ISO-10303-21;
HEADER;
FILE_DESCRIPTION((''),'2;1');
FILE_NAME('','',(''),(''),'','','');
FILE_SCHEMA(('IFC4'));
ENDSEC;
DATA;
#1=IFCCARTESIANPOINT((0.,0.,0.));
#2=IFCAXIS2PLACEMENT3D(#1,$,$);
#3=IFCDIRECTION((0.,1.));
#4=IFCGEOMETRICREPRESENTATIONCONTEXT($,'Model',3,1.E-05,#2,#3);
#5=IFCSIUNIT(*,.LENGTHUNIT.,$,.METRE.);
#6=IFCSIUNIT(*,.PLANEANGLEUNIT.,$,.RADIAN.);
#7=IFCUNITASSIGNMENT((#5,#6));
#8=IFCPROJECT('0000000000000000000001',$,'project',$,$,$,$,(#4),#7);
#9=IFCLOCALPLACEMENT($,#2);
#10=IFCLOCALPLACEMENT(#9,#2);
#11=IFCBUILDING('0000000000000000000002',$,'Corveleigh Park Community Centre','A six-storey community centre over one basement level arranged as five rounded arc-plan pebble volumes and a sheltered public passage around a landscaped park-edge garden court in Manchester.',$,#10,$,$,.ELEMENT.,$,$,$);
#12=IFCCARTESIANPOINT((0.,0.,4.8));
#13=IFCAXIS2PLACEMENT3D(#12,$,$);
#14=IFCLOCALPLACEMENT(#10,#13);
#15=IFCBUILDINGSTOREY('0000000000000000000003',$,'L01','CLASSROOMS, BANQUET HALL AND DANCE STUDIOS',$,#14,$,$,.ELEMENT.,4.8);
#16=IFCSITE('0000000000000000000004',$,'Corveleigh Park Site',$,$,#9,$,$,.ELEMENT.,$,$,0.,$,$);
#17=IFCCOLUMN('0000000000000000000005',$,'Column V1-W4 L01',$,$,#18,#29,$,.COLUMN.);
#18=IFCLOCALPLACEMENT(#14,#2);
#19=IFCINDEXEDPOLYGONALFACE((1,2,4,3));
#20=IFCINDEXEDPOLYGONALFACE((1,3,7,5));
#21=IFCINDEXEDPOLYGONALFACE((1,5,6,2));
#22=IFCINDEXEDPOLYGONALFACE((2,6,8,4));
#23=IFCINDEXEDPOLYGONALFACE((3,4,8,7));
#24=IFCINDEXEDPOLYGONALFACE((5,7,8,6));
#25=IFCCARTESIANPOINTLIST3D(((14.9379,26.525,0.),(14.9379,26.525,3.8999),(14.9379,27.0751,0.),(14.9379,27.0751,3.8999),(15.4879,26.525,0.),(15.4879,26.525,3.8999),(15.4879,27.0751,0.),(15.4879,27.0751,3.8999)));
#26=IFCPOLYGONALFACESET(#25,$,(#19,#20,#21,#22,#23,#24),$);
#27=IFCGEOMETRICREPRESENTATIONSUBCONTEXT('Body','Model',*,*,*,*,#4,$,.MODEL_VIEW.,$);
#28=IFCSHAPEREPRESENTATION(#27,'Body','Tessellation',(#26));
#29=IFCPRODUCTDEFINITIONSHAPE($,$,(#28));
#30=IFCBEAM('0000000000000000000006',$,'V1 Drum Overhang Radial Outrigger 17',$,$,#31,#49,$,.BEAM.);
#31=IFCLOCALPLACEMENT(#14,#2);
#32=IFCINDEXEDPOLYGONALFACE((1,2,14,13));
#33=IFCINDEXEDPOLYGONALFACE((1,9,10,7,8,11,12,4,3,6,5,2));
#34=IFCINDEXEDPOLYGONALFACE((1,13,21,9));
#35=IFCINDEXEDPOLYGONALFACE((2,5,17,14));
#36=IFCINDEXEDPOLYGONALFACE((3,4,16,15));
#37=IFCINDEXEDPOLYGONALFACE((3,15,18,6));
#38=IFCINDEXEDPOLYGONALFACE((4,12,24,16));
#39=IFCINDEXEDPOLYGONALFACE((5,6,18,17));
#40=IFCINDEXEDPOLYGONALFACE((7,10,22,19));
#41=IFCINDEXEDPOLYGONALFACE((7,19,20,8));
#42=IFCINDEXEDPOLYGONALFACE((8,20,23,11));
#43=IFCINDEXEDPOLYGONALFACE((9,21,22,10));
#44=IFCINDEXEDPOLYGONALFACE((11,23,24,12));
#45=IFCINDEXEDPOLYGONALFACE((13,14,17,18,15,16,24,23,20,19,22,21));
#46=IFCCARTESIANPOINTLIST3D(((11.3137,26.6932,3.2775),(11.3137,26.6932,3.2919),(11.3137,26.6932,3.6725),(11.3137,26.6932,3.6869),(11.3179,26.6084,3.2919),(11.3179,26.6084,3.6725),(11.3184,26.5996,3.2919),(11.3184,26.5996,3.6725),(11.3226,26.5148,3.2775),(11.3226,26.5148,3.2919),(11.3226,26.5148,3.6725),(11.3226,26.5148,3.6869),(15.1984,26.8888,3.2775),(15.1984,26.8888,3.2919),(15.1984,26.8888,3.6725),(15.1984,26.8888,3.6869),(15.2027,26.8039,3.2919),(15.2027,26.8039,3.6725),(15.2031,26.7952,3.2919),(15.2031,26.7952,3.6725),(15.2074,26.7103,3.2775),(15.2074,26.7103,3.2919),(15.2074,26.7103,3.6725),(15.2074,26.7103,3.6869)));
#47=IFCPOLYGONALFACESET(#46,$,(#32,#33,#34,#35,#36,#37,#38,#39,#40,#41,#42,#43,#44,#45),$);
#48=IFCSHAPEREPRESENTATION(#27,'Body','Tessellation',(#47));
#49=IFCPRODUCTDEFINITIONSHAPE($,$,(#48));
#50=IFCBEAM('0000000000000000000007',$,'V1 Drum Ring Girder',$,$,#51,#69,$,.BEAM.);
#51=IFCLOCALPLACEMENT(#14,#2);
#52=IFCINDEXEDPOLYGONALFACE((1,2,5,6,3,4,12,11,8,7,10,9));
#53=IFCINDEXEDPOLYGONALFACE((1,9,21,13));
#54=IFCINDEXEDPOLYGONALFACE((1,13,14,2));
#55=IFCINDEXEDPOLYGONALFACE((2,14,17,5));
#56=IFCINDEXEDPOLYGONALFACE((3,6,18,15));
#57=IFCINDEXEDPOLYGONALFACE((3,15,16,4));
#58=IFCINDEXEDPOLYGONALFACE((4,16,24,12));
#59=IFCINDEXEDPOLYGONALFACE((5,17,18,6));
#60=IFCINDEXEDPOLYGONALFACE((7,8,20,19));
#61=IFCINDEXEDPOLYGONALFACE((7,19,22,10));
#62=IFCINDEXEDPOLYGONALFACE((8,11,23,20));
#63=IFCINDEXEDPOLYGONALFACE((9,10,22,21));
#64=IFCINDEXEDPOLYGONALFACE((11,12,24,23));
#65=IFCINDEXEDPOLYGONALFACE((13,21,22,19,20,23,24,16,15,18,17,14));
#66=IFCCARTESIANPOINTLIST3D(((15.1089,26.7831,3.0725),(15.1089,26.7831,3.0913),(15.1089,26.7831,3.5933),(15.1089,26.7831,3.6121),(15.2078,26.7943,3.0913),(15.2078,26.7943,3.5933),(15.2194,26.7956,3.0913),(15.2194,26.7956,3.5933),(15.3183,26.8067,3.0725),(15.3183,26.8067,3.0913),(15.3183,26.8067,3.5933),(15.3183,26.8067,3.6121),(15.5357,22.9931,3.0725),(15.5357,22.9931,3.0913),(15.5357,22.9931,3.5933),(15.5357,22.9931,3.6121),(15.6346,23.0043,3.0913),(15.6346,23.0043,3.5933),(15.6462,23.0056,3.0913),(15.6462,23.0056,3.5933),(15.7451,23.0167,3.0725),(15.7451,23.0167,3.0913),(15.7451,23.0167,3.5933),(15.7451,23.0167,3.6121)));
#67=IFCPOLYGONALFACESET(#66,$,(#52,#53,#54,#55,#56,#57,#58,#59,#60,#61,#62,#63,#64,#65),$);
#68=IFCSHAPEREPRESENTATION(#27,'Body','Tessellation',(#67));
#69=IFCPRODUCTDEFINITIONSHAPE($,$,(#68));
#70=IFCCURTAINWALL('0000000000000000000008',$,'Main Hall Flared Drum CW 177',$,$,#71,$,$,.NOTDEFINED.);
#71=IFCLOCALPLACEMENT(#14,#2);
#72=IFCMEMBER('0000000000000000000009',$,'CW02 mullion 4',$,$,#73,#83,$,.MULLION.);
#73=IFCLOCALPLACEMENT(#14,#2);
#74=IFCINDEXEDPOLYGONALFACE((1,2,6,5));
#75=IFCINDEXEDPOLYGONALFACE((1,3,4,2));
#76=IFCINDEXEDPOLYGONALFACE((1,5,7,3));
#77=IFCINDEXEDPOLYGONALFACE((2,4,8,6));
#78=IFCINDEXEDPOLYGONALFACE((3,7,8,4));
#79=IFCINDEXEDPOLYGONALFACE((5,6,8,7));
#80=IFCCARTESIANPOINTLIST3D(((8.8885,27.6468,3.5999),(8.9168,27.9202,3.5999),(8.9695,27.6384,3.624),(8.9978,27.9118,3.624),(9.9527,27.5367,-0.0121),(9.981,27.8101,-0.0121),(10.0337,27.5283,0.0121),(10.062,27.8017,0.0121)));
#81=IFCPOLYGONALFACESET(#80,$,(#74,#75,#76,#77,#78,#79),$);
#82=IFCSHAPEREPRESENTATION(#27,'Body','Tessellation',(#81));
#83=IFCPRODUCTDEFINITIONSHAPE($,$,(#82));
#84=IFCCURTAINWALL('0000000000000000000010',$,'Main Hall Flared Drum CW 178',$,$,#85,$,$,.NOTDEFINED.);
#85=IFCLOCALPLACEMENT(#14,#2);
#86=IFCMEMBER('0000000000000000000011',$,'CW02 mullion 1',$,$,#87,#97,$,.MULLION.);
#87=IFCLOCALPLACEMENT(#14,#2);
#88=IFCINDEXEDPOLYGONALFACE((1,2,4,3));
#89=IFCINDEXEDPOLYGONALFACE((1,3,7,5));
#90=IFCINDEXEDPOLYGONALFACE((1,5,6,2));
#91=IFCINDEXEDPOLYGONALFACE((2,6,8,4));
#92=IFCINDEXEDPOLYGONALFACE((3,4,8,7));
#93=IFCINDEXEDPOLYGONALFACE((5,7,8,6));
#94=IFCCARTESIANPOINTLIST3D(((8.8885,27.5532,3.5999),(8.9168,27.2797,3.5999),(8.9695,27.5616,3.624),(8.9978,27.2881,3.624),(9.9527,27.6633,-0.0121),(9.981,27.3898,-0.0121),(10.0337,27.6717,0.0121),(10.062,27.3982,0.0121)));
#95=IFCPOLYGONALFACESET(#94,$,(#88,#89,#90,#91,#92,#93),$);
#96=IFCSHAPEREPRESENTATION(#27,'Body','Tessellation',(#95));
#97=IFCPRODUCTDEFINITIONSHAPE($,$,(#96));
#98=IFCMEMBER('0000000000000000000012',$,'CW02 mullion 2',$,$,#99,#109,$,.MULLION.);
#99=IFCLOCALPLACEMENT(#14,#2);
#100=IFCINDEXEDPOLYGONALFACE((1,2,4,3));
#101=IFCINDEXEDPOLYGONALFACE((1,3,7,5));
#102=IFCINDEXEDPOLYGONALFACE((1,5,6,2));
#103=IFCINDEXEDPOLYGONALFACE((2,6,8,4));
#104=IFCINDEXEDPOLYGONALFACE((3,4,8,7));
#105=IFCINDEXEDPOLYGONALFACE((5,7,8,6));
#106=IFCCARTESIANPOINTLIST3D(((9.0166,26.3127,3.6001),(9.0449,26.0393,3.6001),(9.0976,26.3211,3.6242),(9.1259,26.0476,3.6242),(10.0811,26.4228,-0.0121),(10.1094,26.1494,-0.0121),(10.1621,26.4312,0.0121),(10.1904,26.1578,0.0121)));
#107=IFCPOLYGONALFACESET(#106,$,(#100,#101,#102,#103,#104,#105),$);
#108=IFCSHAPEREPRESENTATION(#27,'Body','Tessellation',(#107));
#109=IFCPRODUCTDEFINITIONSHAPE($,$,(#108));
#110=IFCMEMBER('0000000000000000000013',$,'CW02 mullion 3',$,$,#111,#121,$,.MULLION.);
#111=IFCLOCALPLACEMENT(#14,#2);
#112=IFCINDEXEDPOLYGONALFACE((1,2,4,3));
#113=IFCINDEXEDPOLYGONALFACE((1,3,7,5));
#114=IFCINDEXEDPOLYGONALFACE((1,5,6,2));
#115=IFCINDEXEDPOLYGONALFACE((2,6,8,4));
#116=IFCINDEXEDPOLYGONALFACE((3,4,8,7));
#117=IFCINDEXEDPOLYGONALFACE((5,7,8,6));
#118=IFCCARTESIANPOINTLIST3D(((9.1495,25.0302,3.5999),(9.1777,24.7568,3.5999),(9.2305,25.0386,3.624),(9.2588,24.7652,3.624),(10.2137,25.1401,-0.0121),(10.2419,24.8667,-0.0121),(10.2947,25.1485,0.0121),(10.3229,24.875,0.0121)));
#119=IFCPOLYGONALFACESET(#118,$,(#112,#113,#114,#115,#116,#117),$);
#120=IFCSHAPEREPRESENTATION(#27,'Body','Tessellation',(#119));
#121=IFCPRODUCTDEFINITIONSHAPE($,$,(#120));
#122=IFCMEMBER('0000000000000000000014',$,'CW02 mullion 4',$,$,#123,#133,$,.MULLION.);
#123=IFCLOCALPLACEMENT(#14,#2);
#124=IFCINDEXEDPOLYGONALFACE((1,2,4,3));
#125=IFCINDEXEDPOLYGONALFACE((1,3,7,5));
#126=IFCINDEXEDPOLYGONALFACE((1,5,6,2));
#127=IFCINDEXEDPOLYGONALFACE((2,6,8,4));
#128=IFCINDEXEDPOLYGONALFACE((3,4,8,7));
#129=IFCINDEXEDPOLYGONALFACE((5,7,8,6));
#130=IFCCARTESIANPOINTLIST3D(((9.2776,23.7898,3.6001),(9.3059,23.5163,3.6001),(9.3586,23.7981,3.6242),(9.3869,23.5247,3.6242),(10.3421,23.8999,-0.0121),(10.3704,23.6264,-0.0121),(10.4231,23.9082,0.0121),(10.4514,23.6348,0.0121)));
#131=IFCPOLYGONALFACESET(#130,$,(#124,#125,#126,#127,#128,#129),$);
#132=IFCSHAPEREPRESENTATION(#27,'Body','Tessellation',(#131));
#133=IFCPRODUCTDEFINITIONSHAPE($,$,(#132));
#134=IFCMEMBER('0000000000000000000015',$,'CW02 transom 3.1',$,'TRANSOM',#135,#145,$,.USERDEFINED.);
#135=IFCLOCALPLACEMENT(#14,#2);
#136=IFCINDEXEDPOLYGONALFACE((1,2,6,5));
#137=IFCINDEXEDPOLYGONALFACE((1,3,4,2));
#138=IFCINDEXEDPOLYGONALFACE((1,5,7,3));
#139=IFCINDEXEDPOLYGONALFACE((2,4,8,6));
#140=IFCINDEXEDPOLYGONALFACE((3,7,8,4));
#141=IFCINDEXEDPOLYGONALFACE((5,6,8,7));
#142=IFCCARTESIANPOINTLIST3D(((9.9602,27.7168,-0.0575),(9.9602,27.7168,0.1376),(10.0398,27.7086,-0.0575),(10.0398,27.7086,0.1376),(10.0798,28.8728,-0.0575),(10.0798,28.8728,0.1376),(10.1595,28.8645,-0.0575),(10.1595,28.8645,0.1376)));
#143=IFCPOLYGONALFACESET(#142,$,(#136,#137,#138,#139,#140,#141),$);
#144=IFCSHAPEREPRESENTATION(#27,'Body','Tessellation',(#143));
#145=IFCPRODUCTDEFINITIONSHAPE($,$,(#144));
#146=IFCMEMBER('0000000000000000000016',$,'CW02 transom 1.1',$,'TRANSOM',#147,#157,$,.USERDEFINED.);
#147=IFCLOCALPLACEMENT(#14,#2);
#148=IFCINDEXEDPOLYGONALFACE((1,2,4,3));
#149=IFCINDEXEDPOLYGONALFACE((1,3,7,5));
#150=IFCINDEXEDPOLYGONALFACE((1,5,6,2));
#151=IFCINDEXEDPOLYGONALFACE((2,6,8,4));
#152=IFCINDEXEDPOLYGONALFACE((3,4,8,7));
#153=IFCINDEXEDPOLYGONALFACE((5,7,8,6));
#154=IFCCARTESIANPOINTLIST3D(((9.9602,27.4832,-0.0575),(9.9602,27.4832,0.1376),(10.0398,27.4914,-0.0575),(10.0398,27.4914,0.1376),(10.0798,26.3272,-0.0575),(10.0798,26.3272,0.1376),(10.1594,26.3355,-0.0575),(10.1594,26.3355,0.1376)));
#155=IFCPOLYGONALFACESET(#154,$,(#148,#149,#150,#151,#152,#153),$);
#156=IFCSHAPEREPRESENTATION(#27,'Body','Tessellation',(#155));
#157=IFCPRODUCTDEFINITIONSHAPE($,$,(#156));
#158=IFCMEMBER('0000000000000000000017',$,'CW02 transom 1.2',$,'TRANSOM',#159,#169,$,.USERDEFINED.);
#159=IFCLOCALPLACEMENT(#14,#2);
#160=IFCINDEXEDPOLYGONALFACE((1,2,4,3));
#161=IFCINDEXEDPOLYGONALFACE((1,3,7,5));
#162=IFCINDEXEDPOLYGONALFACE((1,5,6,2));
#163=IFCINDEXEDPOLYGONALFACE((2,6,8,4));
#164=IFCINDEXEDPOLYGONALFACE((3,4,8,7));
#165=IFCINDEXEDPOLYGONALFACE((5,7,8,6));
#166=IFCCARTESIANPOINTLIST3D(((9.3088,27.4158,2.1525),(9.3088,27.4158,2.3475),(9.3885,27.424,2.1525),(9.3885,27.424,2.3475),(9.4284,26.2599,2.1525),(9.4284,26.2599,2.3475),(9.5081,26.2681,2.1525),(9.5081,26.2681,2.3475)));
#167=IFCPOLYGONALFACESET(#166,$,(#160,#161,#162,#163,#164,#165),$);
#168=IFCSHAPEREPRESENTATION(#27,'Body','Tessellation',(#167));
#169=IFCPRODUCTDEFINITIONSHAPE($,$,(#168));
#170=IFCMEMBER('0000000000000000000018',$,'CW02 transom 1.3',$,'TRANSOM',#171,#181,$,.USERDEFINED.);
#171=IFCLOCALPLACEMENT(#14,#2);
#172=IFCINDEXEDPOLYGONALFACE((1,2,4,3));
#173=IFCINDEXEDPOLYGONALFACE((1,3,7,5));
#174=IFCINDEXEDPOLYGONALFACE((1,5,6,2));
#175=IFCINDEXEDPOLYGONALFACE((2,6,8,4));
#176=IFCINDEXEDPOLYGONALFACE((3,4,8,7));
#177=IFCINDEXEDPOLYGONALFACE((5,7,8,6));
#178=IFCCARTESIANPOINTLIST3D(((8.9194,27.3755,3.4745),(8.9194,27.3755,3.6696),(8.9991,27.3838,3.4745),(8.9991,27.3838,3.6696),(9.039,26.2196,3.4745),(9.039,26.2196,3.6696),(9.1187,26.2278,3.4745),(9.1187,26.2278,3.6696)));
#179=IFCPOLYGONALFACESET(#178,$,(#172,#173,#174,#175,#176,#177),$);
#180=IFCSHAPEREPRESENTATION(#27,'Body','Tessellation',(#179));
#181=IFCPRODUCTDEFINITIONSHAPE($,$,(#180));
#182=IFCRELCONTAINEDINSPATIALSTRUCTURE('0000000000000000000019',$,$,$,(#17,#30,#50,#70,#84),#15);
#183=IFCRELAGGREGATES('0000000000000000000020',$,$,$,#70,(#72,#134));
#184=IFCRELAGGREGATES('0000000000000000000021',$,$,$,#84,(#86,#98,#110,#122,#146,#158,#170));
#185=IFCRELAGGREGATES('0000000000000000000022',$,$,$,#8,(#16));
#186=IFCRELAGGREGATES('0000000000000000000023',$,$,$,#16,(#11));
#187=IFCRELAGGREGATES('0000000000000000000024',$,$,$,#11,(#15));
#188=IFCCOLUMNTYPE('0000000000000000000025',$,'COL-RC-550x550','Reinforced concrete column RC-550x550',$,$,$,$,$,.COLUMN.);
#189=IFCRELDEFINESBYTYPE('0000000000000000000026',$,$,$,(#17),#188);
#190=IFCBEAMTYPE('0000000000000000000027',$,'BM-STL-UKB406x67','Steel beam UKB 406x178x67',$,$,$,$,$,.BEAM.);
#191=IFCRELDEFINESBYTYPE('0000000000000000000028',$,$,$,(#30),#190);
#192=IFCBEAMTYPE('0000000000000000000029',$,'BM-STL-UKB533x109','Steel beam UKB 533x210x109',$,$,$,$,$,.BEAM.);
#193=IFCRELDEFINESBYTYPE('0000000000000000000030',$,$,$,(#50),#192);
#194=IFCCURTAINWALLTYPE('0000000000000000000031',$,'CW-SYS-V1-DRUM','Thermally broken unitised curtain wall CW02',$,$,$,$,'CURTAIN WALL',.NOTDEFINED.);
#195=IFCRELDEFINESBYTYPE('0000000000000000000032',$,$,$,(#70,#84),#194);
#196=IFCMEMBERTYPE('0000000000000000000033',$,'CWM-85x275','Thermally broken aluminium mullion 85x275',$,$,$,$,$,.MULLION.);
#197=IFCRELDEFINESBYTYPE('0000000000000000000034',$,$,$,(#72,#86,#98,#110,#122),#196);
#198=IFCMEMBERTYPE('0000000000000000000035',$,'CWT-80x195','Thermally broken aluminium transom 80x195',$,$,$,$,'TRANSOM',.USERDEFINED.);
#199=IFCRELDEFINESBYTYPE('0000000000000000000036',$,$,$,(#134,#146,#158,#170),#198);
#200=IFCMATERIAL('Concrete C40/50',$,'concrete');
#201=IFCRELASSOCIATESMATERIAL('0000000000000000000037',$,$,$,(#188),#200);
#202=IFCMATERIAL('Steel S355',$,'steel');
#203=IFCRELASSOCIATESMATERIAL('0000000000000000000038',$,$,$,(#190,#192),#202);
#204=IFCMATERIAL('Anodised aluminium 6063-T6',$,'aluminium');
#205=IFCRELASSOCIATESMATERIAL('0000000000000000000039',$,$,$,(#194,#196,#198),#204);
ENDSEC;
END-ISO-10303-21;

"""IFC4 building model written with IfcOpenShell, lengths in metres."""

from ifc_helpers import new_model, si_unit, direction, frame, origin, origin_2d, place, context, subcontext, project, spatial, rectangle, i_section, extrude, material, material_profile, profile_set, type_object, element, aggregate, save


model = new_model("IFC4")

# Units and contexts
model_context = context("Model", 3, precision=1e-05, world=origin(), true_north=direction((0.0, 1.0)))
body_context = subcontext(model_context, "Body", "Model", "MODEL_VIEW")
ifc_project = project(units=[si_unit("LENGTHUNIT", "METRE"), si_unit("PLANEANGLEUNIT", "RADIAN")], contexts=[model_context])

# Site, building, storey
site_placement = place(None, origin())
site = spatial("IfcSite", under=ifc_project, at=site_placement, Name="Corveleigh Park Site", CompositionType="ELEMENT", RefElevation=0.0)
building_placement = place(site_placement, origin())
building = spatial("IfcBuilding", under=site, at=building_placement, Name="Corveleigh Park Community Centre", Description="A six-storey community centre over one basement level arranged as five rounded arc-plan pebble volumes and a sheltered public passage around a landscaped park-edge garden court in Manchester.", CompositionType="ELEMENT")
storey_placement = place(building_placement, frame((0.0, 0.0, 4.8)))
storey = spatial("IfcBuildingStorey", under=building, at=storey_placement, Name="L01", Description="CLASSROOMS, BANQUET HALL AND DANCE STUDIOS", CompositionType="ELEMENT", Elevation=4.8)

# Column
ifc_material_1 = material(Name="Concrete C40/50", Category="concrete")
ifc_material_profile_1 = material_profile(ifc_material_1, rectangle(XDim=0.55, YDim=0.55, at=origin_2d()), Name="RC-550x550", Category="concrete")
ifc_profile_set_1 = profile_set([ifc_material_profile_1], Name="Concrete C40/50")
column_type = type_object("IfcColumnType", Name="COL-RC-550x550", Description="Reinforced concrete column RC-550x550", PredefinedType="COLUMN", material=ifc_profile_set_1)
column_placement = place(storey_placement, frame((15.2129, 26.8, 0.0), z_axis=(0.0, 0.0, 1.0), x_axis=(1.0, 0.0, 0.0)))
element("IfcColumn", 1, at=column_placement, inside=storey, type_object=column_type, Name="Column V1-W4 L01", PredefinedType="COLUMN", context=body_context, shape_type="SweptSolid", body=[
    extrude(rectangle(XDim=0.55, YDim=0.55, at=origin_2d()), origin(), (0.0, 0.0, 1.0), 3.8999),
])

# Beams
ifc_material_2 = material(Name="Steel S355", Category="steel")
ifc_material_profile_2 = material_profile(ifc_material_2, i_section(OverallWidth=0.1787, OverallDepth=0.4094, WebThickness=0.0088, FlangeThickness=0.0144, at=origin_2d()), Name="UKB 406x178x67", Category="steel")
ifc_profile_set_2 = profile_set([ifc_material_profile_2], Name="Steel S355")
beam_type_1 = type_object("IfcBeamType", Name="BM-STL-UKB406x67", Description="Steel beam UKB 406x178x67", PredefinedType="BEAM", material=ifc_profile_set_2)
beam_1_placement = place(storey_placement, frame((15.2029, 26.7996, 3.4822), z_axis=(-0.998735, -0.050276, 0.0), x_axis=(0.050276, -0.998735, 0.0)))
element("IfcBeam", 2, at=beam_1_placement, inside=storey, type_object=beam_type_1, Name="V1 Drum Overhang Radial Outrigger 17", PredefinedType="BEAM", context=body_context, shape_type="SweptSolid", body=[
    extrude(i_section(OverallWidth=0.1787, OverallDepth=0.4094, WebThickness=0.0088, FlangeThickness=0.0144, at=origin_2d()), origin(), (0.0, 0.0, 1.0), 3.8896),
])
ifc_material_profile_3 = material_profile(ifc_material_2, i_section(OverallWidth=0.2107, OverallDepth=0.5396, WebThickness=0.0117, FlangeThickness=0.0188, at=origin_2d()), Name="UKB 533x210x109", Category="steel")
ifc_profile_set_3 = profile_set([ifc_material_profile_3], Name="Steel S355")
beam_type_2 = type_object("IfcBeamType", Name="BM-STL-UKB533x109", Description="Steel beam UKB 533x210x109", PredefinedType="BEAM", material=ifc_profile_set_3)
beam_2_placement = place(storey_placement, frame((15.2136, 26.7949, 3.3423), z_axis=(0.111893, -0.99372, 0.0), x_axis=(0.99372, 0.111893, 0.0)))
element("IfcBeam", 3, at=beam_2_placement, inside=storey, type_object=beam_type_2, Name="V1 Drum Ring Girder", PredefinedType="BEAM", context=body_context, shape_type="SweptSolid", body=[
    extrude(i_section(OverallWidth=0.2107, OverallDepth=0.5396, WebThickness=0.0117, FlangeThickness=0.0188, at=origin_2d()), origin(), (0.0, 0.0, 1.0), 3.814),
])

# Curtain wall, member
ifc_material_3 = material(Name="Anodised aluminium 6063-T6", Category="aluminium")
curtain_wall_type = type_object("IfcCurtainWallType", Name="CW-SYS-V1-DRUM", Description="Thermally broken unitised curtain wall CW02", ElementType="CURTAIN WALL", PredefinedType="NOTDEFINED", material=ifc_material_3)
curtain_wall_1_placement = place(storey_placement, origin())
curtain_wall_1 = element("IfcCurtainWall", 4, at=curtain_wall_1_placement, inside=storey, type_object=curtain_wall_type, Name="Main Hall Flared Drum CW 177", PredefinedType="NOTDEFINED")
ifc_material_profile_4 = material_profile(ifc_material_3, rectangle(XDim=0.085, YDim=0.2749, at=origin_2d()), Name="ALU-M85x275", Category="aluminium")
ifc_profile_set_4 = profile_set([ifc_material_profile_4], Name="Anodised aluminium 6063-T6")
member_type_1 = type_object("IfcMemberType", Name="CWM-85x275", Description="Thermally broken aluminium mullion 85x275", PredefinedType="MULLION", material=ifc_profile_set_4)
member_1_placement = place(storey_placement, frame((10.0073, 27.6692, 0.0), z_axis=(-0.282495, 0.029228, 0.958823), x_axis=(0.953732, -0.098677, 0.284003)))
member_1 = element("IfcMember", 5, at=member_1_placement, type_object=member_type_1, Name="CW02 mullion 4", PredefinedType="MULLION", context=body_context, shape_type="SweptSolid", body=[
    extrude(rectangle(XDim=0.085, YDim=0.2749, at=origin_2d()), origin(), (0.0, 0.0, 1.0), 3.7671),
])

# Curtain wall, members
curtain_wall_2_placement = place(storey_placement, origin())
curtain_wall_2 = element("IfcCurtainWall", 6, at=curtain_wall_2_placement, inside=storey, type_object=curtain_wall_type, Name="Main Hall Flared Drum CW 178", PredefinedType="NOTDEFINED")
member_2_placement = place(storey_placement, frame((10.0073, 27.5308, 0.0), z_axis=(-0.282495, -0.029228, 0.958823), x_axis=(0.953732, 0.098677, 0.284003)))
member_2 = element("IfcMember", 7, at=member_2_placement, type_object=member_type_1, Name="CW02 mullion 1", PredefinedType="MULLION", context=body_context, shape_type="SweptSolid", body=[
    extrude(rectangle(XDim=0.085, YDim=0.2749, at=origin_2d()), origin(), (0.0, 0.0, 1.0), 3.7671),
])
member_3_placement = place(storey_placement, frame((10.1357, 26.2903, 0.0), z_axis=(-0.282554, -0.029228, 0.958806), x_axis=(0.953717, 0.098653, 0.284062)))
member_3 = element("IfcMember", 8, at=member_3_placement, type_object=member_type_1, Name="CW02 mullion 2", PredefinedType="MULLION", context=body_context, shape_type="SweptSolid", body=[
    extrude(rectangle(XDim=0.085, YDim=0.2749, at=origin_2d()), origin(), (0.0, 0.0, 1.0), 3.7673),
])
member_4_placement = place(storey_placement, frame((10.2683, 25.0076, 0.0), z_axis=(-0.282495, -0.029163, 0.958825), x_axis=(0.953756, 0.098461, 0.283997)))
member_4 = element("IfcMember", 9, at=member_4_placement, type_object=member_type_1, Name="CW02 mullion 3", PredefinedType="MULLION", context=body_context, shape_type="SweptSolid", body=[
    extrude(rectangle(XDim=0.085, YDim=0.2749, at=origin_2d()), origin(), (0.0, 0.0, 1.0), 3.7671),
])
member_5_placement = place(storey_placement, frame((10.3967, 23.7673, 0.0), z_axis=(-0.282554, -0.029228, 0.958806), x_axis=(0.953717, 0.098653, 0.284062)))
member_5 = element("IfcMember", 10, at=member_5_placement, type_object=member_type_1, Name="CW02 mullion 4", PredefinedType="MULLION", context=body_context, shape_type="SweptSolid", body=[
    extrude(rectangle(XDim=0.085, YDim=0.2749, at=origin_2d()), origin(), (0.0, 0.0, 1.0), 3.7673),
])

# Members
ifc_material_profile_5 = material_profile(ifc_material_3, rectangle(XDim=0.0801, YDim=0.1951, at=origin_2d()), Name="ALU-T80x195", Category="aluminium")
ifc_profile_set_5 = profile_set([ifc_material_profile_5], Name="Anodised aluminium 6063-T6")
member_type_2 = type_object("IfcMemberType", Name="CWT-80x195", Description="Thermally broken aluminium transom 80x195", ElementType="TRANSOM", PredefinedType="USERDEFINED", material=ifc_profile_set_5)
member_6_placement = place(storey_placement, frame((10.1196, 28.8687, 0.04), z_axis=(-0.102935, -0.994688, 0.0), x_axis=(0.994688, -0.102935, 0.0)))
member_6 = element("IfcMember", 11, at=member_6_placement, type_object=member_type_2, Name="CW02 transom 3.1", ObjectType="TRANSOM", PredefinedType="USERDEFINED", context=body_context, shape_type="SweptSolid", body=[
    extrude(rectangle(XDim=0.0801, YDim=0.1951, at=origin_2d()), origin(), (0.0, 0.0, 1.0), 1.1621),
])
aggregate(curtain_wall_1, [member_1, member_6])
member_7_placement = place(storey_placement, frame((10.0, 27.4873, 0.04), z_axis=(0.102935, -0.994688, 0.0), x_axis=(0.994688, 0.102935, 0.0)))
member_7 = element("IfcMember", 12, at=member_7_placement, type_object=member_type_2, Name="CW02 transom 1.1", ObjectType="TRANSOM", PredefinedType="USERDEFINED", context=body_context, shape_type="SweptSolid", body=[
    extrude(rectangle(XDim=0.0801, YDim=0.1951, at=origin_2d()), origin(), (0.0, 0.0, 1.0), 1.1621),
])
member_8_placement = place(storey_placement, frame((9.3486, 27.4199, 2.25), z_axis=(0.102935, -0.994688, 0.0), x_axis=(0.994688, 0.102935, 0.0)))
member_8 = element("IfcMember", 13, at=member_8_placement, type_object=member_type_2, Name="CW02 transom 1.2", ObjectType="TRANSOM", PredefinedType="USERDEFINED", context=body_context, shape_type="SweptSolid", body=[
    extrude(rectangle(XDim=0.0801, YDim=0.1951, at=origin_2d()), origin(), (0.0, 0.0, 1.0), 1.1621),
])
member_9_placement = place(storey_placement, frame((8.9592, 27.3796, 3.572), z_axis=(0.102935, -0.994688, 0.0), x_axis=(0.994688, 0.102935, 0.0)))
member_9 = element("IfcMember", 14, at=member_9_placement, type_object=member_type_2, Name="CW02 transom 1.3", ObjectType="TRANSOM", PredefinedType="USERDEFINED", context=body_context, shape_type="SweptSolid", body=[
    extrude(rectangle(XDim=0.0801, YDim=0.1951, at=origin_2d()), origin(), (0.0, 0.0, 1.0), 1.1621),
])

aggregate(curtain_wall_2, [member_2, member_3, member_4, member_5, member_7, member_8, member_9])

save(model, "model.ifc")
